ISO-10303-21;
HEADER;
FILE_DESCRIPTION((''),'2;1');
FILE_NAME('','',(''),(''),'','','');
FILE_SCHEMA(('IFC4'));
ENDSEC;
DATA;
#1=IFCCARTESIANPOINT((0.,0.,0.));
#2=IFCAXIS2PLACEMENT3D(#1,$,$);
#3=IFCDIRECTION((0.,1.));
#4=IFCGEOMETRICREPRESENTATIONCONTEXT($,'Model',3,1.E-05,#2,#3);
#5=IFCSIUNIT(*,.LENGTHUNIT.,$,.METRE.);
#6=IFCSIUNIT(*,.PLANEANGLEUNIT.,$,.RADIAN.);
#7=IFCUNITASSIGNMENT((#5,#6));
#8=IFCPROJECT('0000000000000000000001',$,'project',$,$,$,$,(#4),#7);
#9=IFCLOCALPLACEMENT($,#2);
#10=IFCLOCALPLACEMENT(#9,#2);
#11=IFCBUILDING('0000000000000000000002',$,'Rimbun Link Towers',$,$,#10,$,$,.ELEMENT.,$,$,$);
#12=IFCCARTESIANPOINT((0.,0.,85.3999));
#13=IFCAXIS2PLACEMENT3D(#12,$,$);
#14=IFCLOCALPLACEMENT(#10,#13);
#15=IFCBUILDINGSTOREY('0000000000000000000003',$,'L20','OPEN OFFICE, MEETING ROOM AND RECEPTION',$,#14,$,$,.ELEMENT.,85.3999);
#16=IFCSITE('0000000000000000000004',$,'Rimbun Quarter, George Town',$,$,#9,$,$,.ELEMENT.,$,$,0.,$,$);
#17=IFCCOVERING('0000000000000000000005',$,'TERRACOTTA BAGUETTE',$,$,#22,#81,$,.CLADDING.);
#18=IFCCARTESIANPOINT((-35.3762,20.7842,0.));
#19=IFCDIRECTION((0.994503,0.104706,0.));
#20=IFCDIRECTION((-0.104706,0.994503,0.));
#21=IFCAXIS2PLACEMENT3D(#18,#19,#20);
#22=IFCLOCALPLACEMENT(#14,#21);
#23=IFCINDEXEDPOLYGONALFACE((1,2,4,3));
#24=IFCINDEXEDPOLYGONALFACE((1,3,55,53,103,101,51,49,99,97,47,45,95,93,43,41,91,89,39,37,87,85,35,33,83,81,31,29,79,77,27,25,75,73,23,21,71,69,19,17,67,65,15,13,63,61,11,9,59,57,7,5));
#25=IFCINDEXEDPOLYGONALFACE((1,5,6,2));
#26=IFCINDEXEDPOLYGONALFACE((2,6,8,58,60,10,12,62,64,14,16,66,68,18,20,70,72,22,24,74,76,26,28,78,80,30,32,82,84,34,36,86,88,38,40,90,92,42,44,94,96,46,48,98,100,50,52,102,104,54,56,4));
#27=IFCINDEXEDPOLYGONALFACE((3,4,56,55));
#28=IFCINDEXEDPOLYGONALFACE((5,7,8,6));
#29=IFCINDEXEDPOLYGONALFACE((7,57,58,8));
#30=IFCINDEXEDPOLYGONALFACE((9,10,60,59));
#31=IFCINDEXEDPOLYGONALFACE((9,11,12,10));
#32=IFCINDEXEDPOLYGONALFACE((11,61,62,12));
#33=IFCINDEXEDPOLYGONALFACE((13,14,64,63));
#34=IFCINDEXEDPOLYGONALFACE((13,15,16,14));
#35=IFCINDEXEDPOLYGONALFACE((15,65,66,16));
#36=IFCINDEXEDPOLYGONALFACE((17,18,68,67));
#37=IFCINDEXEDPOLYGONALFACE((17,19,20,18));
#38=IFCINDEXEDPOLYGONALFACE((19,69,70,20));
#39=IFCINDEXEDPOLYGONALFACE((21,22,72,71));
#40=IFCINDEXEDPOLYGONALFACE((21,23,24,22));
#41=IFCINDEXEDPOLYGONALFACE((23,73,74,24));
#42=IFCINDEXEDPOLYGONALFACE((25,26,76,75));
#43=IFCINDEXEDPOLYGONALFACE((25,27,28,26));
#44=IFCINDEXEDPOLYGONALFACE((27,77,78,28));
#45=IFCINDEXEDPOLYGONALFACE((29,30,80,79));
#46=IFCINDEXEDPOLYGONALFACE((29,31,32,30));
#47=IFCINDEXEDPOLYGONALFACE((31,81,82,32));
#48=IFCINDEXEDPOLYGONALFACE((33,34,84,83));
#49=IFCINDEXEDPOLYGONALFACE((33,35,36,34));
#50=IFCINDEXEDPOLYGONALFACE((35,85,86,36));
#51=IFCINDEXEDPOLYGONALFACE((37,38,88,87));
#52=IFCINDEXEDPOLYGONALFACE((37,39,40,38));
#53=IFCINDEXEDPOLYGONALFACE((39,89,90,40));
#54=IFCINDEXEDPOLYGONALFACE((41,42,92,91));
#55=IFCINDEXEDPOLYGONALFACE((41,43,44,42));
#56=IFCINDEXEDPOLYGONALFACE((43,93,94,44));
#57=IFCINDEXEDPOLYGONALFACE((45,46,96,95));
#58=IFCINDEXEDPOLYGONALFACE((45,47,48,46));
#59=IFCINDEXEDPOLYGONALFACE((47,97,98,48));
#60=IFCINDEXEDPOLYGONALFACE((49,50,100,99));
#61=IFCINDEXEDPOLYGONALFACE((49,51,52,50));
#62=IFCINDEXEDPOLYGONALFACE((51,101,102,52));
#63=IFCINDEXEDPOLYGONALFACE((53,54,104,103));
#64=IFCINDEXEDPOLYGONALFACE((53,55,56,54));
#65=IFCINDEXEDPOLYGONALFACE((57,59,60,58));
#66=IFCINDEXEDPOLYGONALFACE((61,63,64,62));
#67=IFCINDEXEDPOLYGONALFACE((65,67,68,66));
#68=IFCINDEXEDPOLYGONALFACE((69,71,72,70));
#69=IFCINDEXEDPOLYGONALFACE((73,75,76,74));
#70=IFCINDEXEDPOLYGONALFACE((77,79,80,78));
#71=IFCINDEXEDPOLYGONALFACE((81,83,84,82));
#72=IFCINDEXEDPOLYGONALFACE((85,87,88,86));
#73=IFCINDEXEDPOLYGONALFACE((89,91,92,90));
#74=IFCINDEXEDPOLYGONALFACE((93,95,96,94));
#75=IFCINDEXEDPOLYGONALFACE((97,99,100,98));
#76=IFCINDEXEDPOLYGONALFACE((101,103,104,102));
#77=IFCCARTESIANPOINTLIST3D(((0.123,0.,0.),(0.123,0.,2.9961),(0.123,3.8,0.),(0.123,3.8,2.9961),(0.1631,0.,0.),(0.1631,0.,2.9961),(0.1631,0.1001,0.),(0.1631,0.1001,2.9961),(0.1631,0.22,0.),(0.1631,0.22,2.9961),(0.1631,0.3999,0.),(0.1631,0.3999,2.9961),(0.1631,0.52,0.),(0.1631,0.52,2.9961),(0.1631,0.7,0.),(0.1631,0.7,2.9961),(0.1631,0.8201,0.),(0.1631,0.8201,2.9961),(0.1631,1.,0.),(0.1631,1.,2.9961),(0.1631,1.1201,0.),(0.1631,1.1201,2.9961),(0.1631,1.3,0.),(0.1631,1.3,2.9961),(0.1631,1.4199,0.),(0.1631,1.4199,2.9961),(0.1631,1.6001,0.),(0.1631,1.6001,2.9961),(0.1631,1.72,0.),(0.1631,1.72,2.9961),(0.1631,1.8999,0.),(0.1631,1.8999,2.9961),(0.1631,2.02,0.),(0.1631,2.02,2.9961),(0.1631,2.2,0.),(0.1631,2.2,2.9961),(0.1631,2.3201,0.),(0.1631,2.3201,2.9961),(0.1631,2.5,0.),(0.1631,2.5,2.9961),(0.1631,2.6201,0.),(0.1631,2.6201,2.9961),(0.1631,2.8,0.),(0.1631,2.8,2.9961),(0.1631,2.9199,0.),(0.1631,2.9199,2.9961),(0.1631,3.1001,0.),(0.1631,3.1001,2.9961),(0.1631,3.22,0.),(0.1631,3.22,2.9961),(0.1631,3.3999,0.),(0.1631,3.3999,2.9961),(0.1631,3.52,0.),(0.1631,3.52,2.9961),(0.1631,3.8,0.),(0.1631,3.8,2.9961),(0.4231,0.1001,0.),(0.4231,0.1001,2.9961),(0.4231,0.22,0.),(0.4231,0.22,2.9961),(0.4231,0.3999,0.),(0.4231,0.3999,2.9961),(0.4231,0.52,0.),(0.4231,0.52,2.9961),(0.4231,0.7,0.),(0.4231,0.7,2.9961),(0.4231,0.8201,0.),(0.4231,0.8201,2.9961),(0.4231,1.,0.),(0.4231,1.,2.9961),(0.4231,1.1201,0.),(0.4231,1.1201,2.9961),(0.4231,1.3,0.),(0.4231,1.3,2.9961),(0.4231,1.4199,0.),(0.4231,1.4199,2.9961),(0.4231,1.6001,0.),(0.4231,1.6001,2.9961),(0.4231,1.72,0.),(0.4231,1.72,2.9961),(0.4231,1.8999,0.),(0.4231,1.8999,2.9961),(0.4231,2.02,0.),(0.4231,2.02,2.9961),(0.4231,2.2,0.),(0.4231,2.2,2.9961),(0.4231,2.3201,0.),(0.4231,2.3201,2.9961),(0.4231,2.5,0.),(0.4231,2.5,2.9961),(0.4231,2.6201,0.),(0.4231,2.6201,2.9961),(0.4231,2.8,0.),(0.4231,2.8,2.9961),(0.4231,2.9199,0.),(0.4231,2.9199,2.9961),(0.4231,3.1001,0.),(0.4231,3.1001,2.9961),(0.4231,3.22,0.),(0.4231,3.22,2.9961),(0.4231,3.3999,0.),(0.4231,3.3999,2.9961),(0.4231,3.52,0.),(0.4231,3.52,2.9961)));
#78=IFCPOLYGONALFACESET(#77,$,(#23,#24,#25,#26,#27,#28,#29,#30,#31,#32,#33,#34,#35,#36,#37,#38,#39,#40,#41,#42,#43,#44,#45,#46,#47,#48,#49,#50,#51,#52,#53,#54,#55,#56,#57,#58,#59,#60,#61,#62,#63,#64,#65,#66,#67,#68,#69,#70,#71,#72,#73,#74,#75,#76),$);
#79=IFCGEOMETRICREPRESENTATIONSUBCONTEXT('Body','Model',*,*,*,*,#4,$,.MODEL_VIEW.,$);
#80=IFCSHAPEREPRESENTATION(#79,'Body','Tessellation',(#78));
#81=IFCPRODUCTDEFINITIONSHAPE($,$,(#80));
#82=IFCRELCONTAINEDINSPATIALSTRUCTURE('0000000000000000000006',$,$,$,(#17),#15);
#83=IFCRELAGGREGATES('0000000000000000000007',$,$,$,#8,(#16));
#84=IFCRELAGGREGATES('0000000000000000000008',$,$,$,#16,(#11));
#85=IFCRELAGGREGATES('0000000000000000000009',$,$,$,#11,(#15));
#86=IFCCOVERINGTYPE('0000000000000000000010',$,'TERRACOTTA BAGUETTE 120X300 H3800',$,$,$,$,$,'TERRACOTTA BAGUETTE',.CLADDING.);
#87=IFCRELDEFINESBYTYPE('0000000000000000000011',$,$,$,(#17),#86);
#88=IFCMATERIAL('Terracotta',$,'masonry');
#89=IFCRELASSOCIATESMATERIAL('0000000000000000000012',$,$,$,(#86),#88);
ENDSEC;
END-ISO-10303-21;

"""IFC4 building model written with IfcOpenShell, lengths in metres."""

from ifc_helpers import new_model, si_unit, direction, frame, origin, place, context, subcontext, project, spatial, polyline, outline, extrude, material, material_profile, profile_set, type_object, element, save


model = new_model("IFC4")

# Units and contexts
model_context = context("Model", 3, precision=1e-05, world=origin(), true_north=direction((0.0, 1.0)))
body_context = subcontext(model_context, "Body", "Model", "MODEL_VIEW")
ifc_project = project(units=[si_unit("LENGTHUNIT", "METRE"), si_unit("PLANEANGLEUNIT", "RADIAN")], contexts=[model_context])

# Site, building, storey
site_placement = place(None, origin())
site = spatial("IfcSite", under=ifc_project, at=site_placement, Name="Rimbun Quarter, George Town", CompositionType="ELEMENT", RefElevation=0.0)
building_placement = place(site_placement, origin())
building = spatial("IfcBuilding", under=site, at=building_placement, Name="Rimbun Link Towers", CompositionType="ELEMENT")
storey_placement = place(building_placement, frame((0.0, 0.0, 85.3999)))
storey = spatial("IfcBuildingStorey", under=building, at=storey_placement, Name="L20", Description="OPEN OFFICE, MEETING ROOM AND RECEPTION", CompositionType="ELEMENT", Elevation=85.3999)

# Covering
ifc_material_1 = material(Name="Terracotta", Category="masonry")
ifc_material_profile_1 = material_profile(ifc_material_1, outline(polyline([(0.123, 0.0), (0.1631, 0.0), (0.1631, 0.1001), (0.4231, 0.1001), (0.4231, 0.22), (0.1631, 0.22), (0.1631, 0.3999), (0.4231, 0.3999), (0.4231, 0.52), (0.1631, 0.52), (0.1631, 0.7), (0.4231, 0.7), (0.4231, 0.8201), (0.1631, 0.8201), (0.1631, 1.0), (0.4231, 1.0), (0.4231, 1.1201), (0.1631, 1.1201), (0.1631, 1.3), (0.4231, 1.3), (0.4231, 1.4199), (0.1631, 1.4199), (0.1631, 1.6001), (0.4231, 1.6001), (0.4231, 1.72), (0.1631, 1.72), (0.1631, 1.8999), (0.4231, 1.8999), (0.4231, 2.02), (0.1631, 2.02), (0.1631, 2.2), (0.4231, 2.2), (0.4231, 2.3201), (0.1631, 2.3201), (0.1631, 2.5), (0.4231, 2.5), (0.4231, 2.6201), (0.1631, 2.6201), (0.1631, 2.8), (0.4231, 2.8), (0.4231, 2.9199), (0.1631, 2.9199), (0.1631, 3.1001), (0.4231, 3.1001), (0.4231, 3.22), (0.1631, 3.22), (0.1631, 3.3999), (0.4231, 3.3999), (0.4231, 3.52), (0.1631, 3.52), (0.1631, 3.8), (0.123, 3.8), (0.123, 0.0)])), Name="BAGUETTE 120X300")
ifc_profile_set_1 = profile_set([ifc_material_profile_1], Name="Terracotta")
covering_type = type_object("IfcCoveringType", Name="TERRACOTTA BAGUETTE 120X300 H3800", ElementType="TERRACOTTA BAGUETTE", PredefinedType="CLADDING", material=ifc_profile_set_1)
covering_1_placement = place(storey_placement, frame((-35.3762, 20.7842, 0.0), z_axis=(0.994503, 0.104706, 0.0), x_axis=(-0.104706, 0.994503, 0.0)))
element("IfcCovering", 1, at=covering_1_placement, inside=storey, type_object=covering_type, Name="TERRACOTTA BAGUETTE", PredefinedType="CLADDING", context=body_context, shape_type="SweptSolid", body=[
    extrude(outline(polyline([(0.123, 0.0), (0.1631, 0.0), (0.1631, 0.1001), (0.4231, 0.1001), (0.4231, 0.22), (0.1631, 0.22), (0.1631, 0.3999), (0.4231, 0.3999), (0.4231, 0.52), (0.1631, 0.52), (0.1631, 0.7), (0.4231, 0.7), (0.4231, 0.8201), (0.1631, 0.8201), (0.1631, 1.0), (0.4231, 1.0), (0.4231, 1.1201), (0.1631, 1.1201), (0.1631, 1.3), (0.4231, 1.3), (0.4231, 1.4199), (0.1631, 1.4199), (0.1631, 1.6001), (0.4231, 1.6001), (0.4231, 1.72), (0.1631, 1.72), (0.1631, 1.8999), (0.4231, 1.8999), (0.4231, 2.02), (0.1631, 2.02), (0.1631, 2.2), (0.4231, 2.2), (0.4231, 2.3201), (0.1631, 2.3201), (0.1631, 2.5), (0.4231, 2.5), (0.4231, 2.6201), (0.1631, 2.6201), (0.1631, 2.8), (0.4231, 2.8), (0.4231, 2.9199), (0.1631, 2.9199), (0.1631, 3.1001), (0.4231, 3.1001), (0.4231, 3.22), (0.1631, 3.22), (0.1631, 3.3999), (0.4231, 3.3999), (0.4231, 3.52), (0.1631, 3.52), (0.1631, 3.8), (0.123, 3.8), (0.123, 0.0)])), origin(), (0.0, 0.0, 1.0), 2.9961),
])

save(model, "model.ifc")
